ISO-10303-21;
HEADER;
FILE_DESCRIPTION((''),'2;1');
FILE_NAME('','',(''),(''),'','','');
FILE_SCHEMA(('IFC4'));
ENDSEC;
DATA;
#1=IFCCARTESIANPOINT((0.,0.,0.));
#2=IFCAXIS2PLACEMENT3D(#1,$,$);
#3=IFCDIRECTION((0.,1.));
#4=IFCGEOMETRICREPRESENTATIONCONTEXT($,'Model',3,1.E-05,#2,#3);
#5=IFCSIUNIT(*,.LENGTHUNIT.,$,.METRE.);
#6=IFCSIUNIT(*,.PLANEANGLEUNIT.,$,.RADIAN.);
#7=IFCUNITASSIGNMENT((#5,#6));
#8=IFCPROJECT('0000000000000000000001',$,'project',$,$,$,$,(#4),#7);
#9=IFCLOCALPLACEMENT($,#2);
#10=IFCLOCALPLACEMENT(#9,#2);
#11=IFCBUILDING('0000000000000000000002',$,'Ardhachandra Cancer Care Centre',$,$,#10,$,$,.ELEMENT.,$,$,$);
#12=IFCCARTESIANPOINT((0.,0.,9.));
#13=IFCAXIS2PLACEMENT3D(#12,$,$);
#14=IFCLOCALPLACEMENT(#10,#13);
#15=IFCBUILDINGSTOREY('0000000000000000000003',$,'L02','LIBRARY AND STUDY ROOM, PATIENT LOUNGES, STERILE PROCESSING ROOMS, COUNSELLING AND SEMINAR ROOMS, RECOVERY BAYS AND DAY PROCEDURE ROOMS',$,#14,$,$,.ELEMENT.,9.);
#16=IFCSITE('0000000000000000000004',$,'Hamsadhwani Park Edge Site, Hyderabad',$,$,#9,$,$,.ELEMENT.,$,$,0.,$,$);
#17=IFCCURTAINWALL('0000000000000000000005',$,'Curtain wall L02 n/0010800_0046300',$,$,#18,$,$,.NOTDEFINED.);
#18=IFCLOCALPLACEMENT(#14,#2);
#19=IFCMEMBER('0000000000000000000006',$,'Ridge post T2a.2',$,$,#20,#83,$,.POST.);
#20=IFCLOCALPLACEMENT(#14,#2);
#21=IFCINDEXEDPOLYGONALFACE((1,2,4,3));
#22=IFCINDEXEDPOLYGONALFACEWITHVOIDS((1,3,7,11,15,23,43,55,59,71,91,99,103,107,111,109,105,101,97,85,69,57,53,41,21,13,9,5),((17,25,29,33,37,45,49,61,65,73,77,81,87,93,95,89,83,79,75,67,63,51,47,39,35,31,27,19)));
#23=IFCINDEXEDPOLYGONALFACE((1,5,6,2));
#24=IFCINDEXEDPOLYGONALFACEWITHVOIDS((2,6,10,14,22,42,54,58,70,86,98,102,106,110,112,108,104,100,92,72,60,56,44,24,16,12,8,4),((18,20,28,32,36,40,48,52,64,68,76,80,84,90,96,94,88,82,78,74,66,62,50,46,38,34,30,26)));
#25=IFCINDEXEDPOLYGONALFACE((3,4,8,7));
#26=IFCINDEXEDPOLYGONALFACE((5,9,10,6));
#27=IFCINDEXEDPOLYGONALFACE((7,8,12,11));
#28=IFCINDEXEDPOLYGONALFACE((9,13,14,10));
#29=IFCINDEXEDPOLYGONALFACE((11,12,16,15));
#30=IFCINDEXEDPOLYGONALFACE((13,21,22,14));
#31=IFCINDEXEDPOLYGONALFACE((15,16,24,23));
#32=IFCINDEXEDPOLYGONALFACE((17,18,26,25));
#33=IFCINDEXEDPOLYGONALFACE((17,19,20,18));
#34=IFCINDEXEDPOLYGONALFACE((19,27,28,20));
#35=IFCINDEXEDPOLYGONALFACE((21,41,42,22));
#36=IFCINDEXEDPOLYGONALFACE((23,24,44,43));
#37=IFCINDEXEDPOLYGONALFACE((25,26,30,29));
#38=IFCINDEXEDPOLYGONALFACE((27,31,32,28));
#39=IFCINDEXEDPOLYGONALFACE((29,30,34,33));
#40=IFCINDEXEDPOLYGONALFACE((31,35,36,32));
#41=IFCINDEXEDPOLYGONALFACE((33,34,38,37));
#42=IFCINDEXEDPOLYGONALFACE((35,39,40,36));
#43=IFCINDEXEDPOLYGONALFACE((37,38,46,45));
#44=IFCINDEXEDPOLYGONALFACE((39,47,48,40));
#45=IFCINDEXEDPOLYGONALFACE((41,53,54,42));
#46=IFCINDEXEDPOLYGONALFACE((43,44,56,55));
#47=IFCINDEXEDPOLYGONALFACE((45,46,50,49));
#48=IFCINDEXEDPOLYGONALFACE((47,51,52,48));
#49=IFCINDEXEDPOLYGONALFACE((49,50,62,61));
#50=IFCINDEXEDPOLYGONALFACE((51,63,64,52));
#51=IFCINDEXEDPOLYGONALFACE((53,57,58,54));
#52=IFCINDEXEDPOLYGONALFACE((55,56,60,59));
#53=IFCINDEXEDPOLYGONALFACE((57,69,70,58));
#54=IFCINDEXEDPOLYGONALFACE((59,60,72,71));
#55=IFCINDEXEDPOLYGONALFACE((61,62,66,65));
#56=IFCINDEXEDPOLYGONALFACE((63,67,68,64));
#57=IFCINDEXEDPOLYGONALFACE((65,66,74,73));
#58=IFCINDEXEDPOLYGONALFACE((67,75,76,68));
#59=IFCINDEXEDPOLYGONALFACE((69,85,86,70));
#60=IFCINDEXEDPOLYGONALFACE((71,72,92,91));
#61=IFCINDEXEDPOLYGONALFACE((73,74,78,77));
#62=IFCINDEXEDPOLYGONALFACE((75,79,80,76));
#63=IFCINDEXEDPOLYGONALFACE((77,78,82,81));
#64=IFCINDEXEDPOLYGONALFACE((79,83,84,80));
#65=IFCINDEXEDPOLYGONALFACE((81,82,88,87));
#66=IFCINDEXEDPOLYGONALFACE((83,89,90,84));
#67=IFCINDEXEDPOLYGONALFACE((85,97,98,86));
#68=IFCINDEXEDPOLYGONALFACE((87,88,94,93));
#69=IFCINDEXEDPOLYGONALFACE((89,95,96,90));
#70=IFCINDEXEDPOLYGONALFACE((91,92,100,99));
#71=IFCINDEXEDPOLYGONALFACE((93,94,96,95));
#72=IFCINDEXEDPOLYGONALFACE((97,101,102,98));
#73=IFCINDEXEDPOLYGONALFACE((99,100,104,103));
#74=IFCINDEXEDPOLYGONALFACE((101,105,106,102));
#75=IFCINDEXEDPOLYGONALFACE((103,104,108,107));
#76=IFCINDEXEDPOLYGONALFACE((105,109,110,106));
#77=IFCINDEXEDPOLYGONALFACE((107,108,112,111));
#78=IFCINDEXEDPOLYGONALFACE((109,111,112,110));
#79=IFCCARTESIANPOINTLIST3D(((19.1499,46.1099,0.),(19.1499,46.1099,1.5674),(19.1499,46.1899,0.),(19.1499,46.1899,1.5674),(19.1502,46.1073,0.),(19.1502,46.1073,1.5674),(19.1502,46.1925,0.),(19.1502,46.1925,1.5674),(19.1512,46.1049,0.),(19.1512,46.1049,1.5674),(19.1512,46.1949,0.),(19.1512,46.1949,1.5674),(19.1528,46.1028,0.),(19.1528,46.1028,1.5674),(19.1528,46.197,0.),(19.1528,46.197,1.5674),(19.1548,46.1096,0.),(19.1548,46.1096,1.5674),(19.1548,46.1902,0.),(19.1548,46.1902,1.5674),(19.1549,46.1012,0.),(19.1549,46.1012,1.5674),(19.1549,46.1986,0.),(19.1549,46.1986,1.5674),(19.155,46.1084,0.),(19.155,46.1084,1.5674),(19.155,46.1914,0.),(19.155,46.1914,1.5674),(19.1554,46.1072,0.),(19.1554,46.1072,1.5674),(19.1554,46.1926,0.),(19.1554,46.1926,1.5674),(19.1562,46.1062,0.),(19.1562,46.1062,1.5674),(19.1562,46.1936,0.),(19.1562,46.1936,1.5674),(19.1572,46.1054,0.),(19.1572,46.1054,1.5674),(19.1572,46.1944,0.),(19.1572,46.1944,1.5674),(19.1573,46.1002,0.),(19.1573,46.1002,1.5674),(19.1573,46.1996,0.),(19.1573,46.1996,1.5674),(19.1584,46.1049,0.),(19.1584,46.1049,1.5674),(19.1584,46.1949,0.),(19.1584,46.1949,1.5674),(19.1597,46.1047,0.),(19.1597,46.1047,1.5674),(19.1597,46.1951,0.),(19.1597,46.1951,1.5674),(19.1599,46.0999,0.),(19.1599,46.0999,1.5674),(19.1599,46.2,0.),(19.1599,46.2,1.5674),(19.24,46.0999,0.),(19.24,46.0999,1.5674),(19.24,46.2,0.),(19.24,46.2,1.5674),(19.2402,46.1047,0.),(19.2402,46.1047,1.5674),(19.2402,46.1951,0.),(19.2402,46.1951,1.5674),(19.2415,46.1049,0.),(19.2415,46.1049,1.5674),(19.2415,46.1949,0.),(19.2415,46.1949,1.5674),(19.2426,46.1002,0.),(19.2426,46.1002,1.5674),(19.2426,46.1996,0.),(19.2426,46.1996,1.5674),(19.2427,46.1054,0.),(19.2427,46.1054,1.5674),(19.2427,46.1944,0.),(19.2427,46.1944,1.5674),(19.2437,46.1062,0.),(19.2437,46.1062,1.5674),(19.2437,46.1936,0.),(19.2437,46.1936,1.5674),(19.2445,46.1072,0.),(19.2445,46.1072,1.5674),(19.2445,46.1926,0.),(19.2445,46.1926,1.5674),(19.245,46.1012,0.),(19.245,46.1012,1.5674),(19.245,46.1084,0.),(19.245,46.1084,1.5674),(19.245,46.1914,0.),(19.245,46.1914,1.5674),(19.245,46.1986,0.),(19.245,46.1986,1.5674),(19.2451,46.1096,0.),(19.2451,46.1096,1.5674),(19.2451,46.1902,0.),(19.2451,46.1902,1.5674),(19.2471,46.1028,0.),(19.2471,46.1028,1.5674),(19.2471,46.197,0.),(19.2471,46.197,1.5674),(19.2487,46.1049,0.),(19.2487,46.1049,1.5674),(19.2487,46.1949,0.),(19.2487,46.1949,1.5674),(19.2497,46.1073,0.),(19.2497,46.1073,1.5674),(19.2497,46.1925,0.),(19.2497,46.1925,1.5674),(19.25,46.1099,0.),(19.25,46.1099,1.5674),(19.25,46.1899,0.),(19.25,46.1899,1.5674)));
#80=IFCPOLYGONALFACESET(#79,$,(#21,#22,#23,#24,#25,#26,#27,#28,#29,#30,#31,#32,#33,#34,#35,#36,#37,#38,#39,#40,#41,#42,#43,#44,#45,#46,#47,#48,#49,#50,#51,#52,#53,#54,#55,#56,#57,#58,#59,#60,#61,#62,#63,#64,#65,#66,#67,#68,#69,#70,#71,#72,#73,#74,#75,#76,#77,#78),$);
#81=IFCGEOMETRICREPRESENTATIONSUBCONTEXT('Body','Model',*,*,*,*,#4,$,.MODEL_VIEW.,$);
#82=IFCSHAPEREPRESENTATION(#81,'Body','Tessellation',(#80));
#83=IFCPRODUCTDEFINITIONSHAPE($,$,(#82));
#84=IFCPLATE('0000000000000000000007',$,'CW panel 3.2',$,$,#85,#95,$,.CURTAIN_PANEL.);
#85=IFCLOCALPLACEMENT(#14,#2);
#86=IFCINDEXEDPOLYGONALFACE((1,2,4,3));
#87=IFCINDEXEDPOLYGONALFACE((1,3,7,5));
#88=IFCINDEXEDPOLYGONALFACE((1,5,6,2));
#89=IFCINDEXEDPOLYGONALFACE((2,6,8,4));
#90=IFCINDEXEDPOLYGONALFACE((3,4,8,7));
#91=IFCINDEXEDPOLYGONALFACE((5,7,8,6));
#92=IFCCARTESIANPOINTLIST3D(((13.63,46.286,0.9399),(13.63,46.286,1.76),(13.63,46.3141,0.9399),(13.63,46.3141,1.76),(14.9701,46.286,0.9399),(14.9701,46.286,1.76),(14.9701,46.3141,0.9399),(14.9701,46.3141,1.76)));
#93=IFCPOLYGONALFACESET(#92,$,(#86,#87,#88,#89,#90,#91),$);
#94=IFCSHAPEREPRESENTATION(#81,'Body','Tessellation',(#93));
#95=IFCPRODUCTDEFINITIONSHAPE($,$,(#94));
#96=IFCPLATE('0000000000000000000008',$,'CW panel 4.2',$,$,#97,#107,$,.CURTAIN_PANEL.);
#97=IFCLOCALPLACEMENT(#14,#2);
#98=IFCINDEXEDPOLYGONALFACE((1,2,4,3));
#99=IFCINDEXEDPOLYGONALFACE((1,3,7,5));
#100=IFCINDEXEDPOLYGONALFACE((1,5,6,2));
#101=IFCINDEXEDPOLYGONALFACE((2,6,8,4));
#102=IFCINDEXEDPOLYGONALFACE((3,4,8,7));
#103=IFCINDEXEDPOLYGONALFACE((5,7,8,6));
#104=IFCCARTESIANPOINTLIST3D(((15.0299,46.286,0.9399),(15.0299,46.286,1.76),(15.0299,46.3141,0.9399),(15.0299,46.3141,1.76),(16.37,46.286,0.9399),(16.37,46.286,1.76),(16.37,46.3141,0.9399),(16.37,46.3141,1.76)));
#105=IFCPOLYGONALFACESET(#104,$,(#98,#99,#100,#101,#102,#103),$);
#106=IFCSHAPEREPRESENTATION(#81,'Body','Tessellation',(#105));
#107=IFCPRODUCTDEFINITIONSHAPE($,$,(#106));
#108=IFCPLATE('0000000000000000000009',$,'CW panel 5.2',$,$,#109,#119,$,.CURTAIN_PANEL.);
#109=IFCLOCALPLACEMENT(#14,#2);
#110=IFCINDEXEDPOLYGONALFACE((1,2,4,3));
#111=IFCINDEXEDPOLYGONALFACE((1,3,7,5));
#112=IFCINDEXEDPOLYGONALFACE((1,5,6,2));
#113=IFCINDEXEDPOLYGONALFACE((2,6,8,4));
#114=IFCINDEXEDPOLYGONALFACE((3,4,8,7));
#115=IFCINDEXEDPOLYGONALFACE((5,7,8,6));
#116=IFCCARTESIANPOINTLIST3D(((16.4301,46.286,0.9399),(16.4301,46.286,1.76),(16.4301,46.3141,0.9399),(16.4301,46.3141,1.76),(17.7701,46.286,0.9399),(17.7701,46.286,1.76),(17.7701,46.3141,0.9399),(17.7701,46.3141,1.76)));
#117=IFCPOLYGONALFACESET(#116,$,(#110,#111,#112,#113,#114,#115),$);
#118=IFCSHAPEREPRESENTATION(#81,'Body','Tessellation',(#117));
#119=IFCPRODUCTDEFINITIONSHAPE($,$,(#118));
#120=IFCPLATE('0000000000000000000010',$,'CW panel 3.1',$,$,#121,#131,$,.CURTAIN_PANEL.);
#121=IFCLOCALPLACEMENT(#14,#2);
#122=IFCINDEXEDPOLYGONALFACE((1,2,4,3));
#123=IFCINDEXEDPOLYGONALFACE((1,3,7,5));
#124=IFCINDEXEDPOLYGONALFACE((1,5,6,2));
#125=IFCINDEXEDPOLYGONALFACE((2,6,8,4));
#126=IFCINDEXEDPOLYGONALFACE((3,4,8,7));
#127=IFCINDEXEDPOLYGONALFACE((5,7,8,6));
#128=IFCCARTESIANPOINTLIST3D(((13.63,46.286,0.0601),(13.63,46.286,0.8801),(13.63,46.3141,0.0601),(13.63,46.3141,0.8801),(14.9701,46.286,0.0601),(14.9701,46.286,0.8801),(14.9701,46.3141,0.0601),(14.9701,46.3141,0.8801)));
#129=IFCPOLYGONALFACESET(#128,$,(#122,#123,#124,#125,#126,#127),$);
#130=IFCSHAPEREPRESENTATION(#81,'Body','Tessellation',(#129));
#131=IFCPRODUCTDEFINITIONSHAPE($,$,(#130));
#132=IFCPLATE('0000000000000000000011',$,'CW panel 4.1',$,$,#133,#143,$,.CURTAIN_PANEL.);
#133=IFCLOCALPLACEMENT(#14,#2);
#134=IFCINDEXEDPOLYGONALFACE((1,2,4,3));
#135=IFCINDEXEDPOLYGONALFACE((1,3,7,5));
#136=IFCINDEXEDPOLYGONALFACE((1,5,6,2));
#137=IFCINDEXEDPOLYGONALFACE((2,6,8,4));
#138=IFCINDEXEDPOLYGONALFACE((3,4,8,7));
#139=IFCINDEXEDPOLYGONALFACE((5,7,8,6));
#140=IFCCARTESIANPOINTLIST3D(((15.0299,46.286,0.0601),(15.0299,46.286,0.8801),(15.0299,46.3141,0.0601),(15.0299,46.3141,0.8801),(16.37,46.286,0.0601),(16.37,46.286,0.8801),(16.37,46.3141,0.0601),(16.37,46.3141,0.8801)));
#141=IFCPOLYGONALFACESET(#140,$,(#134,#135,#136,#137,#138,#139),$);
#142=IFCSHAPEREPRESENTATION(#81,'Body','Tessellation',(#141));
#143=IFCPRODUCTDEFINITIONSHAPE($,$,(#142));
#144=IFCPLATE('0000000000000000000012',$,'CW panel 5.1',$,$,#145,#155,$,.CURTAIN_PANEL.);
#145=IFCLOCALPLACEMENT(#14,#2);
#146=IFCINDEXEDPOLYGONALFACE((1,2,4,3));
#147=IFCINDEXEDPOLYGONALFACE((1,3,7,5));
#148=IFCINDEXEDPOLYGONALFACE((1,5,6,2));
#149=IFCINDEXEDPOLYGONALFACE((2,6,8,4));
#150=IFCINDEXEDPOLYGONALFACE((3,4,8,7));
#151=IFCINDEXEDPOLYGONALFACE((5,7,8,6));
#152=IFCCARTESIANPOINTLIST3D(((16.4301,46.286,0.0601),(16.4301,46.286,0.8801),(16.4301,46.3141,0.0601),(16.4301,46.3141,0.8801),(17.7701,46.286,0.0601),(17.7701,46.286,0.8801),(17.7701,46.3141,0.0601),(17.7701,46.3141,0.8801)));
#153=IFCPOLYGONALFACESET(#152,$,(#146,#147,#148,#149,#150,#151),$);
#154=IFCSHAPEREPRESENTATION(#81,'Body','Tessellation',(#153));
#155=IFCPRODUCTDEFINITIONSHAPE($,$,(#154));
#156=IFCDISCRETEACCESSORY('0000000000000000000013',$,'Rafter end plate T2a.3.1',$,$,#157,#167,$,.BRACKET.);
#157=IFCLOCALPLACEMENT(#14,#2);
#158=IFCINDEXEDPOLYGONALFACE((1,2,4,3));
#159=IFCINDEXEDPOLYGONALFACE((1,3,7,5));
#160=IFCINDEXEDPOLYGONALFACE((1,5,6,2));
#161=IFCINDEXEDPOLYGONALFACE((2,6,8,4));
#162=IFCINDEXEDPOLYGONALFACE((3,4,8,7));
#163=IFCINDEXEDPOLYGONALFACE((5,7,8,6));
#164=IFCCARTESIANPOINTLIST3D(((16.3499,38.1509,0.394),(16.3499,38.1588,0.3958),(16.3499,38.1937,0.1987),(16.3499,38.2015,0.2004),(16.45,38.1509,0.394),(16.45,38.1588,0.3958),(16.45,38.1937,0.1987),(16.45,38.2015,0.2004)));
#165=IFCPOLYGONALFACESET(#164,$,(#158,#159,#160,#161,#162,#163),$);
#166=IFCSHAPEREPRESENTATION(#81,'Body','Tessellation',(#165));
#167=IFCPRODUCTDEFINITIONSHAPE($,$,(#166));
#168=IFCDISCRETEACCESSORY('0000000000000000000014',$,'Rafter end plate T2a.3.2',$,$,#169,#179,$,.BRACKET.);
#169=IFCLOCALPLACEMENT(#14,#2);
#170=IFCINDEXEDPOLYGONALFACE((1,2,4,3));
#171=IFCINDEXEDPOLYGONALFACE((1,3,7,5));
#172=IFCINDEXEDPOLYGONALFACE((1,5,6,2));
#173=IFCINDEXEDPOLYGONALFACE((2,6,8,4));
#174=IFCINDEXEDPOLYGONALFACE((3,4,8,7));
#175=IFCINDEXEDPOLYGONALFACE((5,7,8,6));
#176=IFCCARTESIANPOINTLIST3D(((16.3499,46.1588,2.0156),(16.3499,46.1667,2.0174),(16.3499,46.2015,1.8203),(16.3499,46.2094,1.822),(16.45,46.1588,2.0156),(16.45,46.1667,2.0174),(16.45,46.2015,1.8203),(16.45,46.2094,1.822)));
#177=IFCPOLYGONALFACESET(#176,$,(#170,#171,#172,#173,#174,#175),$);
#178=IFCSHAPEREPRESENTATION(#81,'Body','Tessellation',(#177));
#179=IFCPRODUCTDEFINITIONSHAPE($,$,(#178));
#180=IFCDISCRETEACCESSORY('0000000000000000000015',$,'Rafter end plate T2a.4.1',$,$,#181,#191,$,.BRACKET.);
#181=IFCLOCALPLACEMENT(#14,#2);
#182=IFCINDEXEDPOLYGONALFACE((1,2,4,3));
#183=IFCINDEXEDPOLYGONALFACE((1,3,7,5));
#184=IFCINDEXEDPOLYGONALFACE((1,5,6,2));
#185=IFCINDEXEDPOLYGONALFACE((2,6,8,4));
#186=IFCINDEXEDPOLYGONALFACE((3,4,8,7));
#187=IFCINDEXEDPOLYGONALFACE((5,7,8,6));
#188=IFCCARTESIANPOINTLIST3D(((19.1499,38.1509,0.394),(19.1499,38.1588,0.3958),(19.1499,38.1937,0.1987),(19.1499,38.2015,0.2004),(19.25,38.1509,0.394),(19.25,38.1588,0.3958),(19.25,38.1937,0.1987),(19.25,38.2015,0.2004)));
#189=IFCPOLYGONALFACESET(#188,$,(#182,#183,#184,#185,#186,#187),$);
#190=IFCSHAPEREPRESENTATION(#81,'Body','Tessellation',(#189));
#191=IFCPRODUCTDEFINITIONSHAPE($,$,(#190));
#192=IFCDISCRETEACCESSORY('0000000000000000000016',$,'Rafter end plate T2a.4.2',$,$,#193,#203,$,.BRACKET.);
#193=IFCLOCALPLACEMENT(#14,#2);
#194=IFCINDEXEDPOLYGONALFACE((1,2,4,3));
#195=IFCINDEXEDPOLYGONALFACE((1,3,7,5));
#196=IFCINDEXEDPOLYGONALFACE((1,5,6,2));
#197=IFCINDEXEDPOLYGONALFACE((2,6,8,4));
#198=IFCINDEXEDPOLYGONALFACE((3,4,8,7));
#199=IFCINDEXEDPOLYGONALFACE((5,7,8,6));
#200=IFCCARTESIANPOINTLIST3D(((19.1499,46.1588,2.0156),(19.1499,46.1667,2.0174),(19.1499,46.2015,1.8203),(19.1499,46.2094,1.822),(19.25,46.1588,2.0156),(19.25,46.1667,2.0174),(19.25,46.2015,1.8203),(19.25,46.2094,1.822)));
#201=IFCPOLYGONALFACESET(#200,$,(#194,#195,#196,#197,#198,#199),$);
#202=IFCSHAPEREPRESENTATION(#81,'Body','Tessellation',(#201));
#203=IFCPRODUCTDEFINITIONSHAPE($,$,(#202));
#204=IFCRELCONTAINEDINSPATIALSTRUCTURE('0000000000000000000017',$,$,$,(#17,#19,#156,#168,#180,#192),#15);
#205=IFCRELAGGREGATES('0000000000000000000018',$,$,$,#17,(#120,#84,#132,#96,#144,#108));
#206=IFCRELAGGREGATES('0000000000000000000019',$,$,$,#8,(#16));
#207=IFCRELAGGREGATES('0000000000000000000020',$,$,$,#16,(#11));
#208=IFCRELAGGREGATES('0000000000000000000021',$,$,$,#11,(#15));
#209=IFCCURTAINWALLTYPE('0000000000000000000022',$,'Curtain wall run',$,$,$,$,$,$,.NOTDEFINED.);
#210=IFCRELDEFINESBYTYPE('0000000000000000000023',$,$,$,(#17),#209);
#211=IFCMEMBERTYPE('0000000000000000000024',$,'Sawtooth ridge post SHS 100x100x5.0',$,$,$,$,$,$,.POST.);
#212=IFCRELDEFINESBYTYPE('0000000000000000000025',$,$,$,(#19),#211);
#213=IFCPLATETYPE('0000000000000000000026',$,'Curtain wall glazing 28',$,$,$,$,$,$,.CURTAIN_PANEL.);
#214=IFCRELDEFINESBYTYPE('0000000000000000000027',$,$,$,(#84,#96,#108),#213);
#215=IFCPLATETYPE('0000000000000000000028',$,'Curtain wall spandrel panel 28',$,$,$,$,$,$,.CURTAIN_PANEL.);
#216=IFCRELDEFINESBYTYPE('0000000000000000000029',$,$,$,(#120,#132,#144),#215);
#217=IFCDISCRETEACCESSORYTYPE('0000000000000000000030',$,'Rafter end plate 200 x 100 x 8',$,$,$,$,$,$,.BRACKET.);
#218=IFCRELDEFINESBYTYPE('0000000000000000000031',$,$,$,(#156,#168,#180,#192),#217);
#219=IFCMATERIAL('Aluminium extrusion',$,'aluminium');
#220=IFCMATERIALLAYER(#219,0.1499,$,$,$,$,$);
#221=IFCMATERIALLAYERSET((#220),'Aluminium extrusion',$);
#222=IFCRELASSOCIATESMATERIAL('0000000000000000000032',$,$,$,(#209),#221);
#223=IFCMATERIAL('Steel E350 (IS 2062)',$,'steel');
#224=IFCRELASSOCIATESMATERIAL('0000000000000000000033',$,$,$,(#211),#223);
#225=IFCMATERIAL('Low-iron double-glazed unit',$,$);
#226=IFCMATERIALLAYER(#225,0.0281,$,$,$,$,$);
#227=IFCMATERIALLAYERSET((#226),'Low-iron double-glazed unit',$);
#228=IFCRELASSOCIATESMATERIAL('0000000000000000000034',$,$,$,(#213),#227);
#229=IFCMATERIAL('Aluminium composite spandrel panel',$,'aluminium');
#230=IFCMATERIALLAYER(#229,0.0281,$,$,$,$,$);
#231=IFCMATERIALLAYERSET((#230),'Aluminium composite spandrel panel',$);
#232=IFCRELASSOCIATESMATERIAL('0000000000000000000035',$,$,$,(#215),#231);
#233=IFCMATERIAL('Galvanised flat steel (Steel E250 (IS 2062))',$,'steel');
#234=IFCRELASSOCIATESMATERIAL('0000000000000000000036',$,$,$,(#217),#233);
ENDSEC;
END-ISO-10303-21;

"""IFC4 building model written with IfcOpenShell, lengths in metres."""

from ifc_helpers import new_model, si_unit, direction, frame, origin, origin_2d, place, context, subcontext, project, spatial, rectangle, hollow_rectangle, extrude, material, layer, layer_set, material_profile, profile_set, type_object, element, aggregate, save


model = new_model("IFC4")

# Units and contexts
model_context = context("Model", 3, precision=1e-05, world=origin(), true_north=direction((0.0, 1.0)))
body_context = subcontext(model_context, "Body", "Model", "MODEL_VIEW")
ifc_project = project(units=[si_unit("LENGTHUNIT", "METRE"), si_unit("PLANEANGLEUNIT", "RADIAN")], contexts=[model_context])

# Site, building, storey
site_placement = place(None, origin())
site = spatial("IfcSite", under=ifc_project, at=site_placement, Name="Hamsadhwani Park Edge Site, Hyderabad", CompositionType="ELEMENT", RefElevation=0.0)
building_placement = place(site_placement, origin())
building = spatial("IfcBuilding", under=site, at=building_placement, Name="Ardhachandra Cancer Care Centre", CompositionType="ELEMENT")
storey_placement = place(building_placement, frame((0.0, 0.0, 9.0)))
storey = spatial("IfcBuildingStorey", under=building, at=storey_placement, Name="L02", Description="LIBRARY AND STUDY ROOM, PATIENT LOUNGES, STERILE PROCESSING ROOMS, COUNSELLING AND SEMINAR ROOMS, RECOVERY BAYS AND DAY PROCEDURE ROOMS", CompositionType="ELEMENT", Elevation=9.0)

# Curtain wall
ifc_material_1 = material(Name="Aluminium extrusion", Category="aluminium")
ifc_layer_1 = layer(ifc_material_1, 0.1499)
ifc_layer_set_1 = layer_set([ifc_layer_1], Name="Aluminium extrusion")
curtain_wall_type = type_object("IfcCurtainWallType", Name="Curtain wall run", PredefinedType="NOTDEFINED", material=ifc_layer_set_1)
curtain_wall_placement = place(storey_placement, origin())
curtain_wall = element("IfcCurtainWall", 1, at=curtain_wall_placement, inside=storey, type_object=curtain_wall_type, Name="Curtain wall L02 n/0010800_0046300", PredefinedType="NOTDEFINED")

# Member
ifc_material_2 = material(Name="Steel E350 (IS 2062)", Category="steel")
ifc_material_profile_1 = material_profile(ifc_material_2, hollow_rectangle(XDim=0.1001, YDim=0.1001, WallThickness=0.0049, InnerFilletRadius=0.0049, OuterFilletRadius=0.01, at=origin_2d()), Name="SHS 100x100x5.0")
ifc_profile_set_1 = profile_set([ifc_material_profile_1], Name="Steel E350 (IS 2062)")
member_type_1 = type_object("IfcMemberType", Name="Sawtooth ridge post SHS 100x100x5.0", PredefinedType="POST", material=ifc_profile_set_1)
member_1_placement = place(storey_placement, frame((19.2, 46.1499, 0.0), z_axis=(0.0, 0.0, 1.0), x_axis=(1.0, 0.0, 0.0)))
element("IfcMember", 2, at=member_1_placement, inside=storey, type_object=member_type_1, Name="Ridge post T2a.2", PredefinedType="POST", context=body_context, shape_type="SweptSolid", body=[
    extrude(hollow_rectangle(XDim=0.1001, YDim=0.1001, WallThickness=0.0049, InnerFilletRadius=0.0049, OuterFilletRadius=0.01, at=origin_2d()), origin(), (0.0, 0.0, 1.0), 1.5674),
])

# Plates
ifc_material_3 = material(Name="Low-iron double-glazed unit")
ifc_layer_2 = layer(ifc_material_3, 0.0281)
ifc_layer_set_2 = layer_set([ifc_layer_2], Name="Low-iron double-glazed unit")
plate_type_1 = type_object("IfcPlateType", Name="Curtain wall glazing 28", PredefinedType="CURTAIN_PANEL", material=ifc_layer_set_2)
plate_1_placement = place(storey_placement, frame((14.3, 46.3, 0.9399), z_axis=(0.0, 0.0, 1.0), x_axis=(1.0, 0.0, 0.0)))
plate_1 = element("IfcPlate", 3, at=plate_1_placement, type_object=plate_type_1, Name="CW panel 3.2", PredefinedType="CURTAIN_PANEL", context=body_context, shape_type="SweptSolid", body=[
    extrude(rectangle(XDim=1.3401, YDim=0.0281, at=origin_2d()), origin(), (0.0, 0.0, 1.0), 0.8201),
])
plate_2_placement = place(storey_placement, frame((15.7, 46.3, 0.9399), z_axis=(0.0, 0.0, 1.0), x_axis=(1.0, 0.0, 0.0)))
plate_2 = element("IfcPlate", 4, at=plate_2_placement, type_object=plate_type_1, Name="CW panel 4.2", PredefinedType="CURTAIN_PANEL", context=body_context, shape_type="SweptSolid", body=[
    extrude(rectangle(XDim=1.3401, YDim=0.0281, at=origin_2d()), origin(), (0.0, 0.0, 1.0), 0.8201),
])
plate_3_placement = place(storey_placement, frame((17.1001, 46.3, 0.9399), z_axis=(0.0, 0.0, 1.0), x_axis=(1.0, 0.0, 0.0)))
plate_3 = element("IfcPlate", 5, at=plate_3_placement, type_object=plate_type_1, Name="CW panel 5.2", PredefinedType="CURTAIN_PANEL", context=body_context, shape_type="SweptSolid", body=[
    extrude(rectangle(XDim=1.3401, YDim=0.0281, at=origin_2d()), origin(), (0.0, 0.0, 1.0), 0.8201),
])
ifc_material_4 = material(Name="Aluminium composite spandrel panel", Category="aluminium")
ifc_layer_3 = layer(ifc_material_4, 0.0281)
ifc_layer_set_3 = layer_set([ifc_layer_3], Name="Aluminium composite spandrel panel")
plate_type_2 = type_object("IfcPlateType", Name="Curtain wall spandrel panel 28", PredefinedType="CURTAIN_PANEL", material=ifc_layer_set_3)
plate_4_placement = place(storey_placement, frame((14.3, 46.3, 0.0601), z_axis=(0.0, 0.0, 1.0), x_axis=(1.0, 0.0, 0.0)))
plate_4 = element("IfcPlate", 6, at=plate_4_placement, type_object=plate_type_2, Name="CW panel 3.1", PredefinedType="CURTAIN_PANEL", context=body_context, shape_type="SweptSolid", body=[
    extrude(rectangle(XDim=1.3401, YDim=0.0281, at=origin_2d()), origin(), (0.0, 0.0, 1.0), 0.8201),
])
plate_5_placement = place(storey_placement, frame((15.7, 46.3, 0.0601), z_axis=(0.0, 0.0, 1.0), x_axis=(1.0, 0.0, 0.0)))
plate_5 = element("IfcPlate", 7, at=plate_5_placement, type_object=plate_type_2, Name="CW panel 4.1", PredefinedType="CURTAIN_PANEL", context=body_context, shape_type="SweptSolid", body=[
    extrude(rectangle(XDim=1.3401, YDim=0.0281, at=origin_2d()), origin(), (0.0, 0.0, 1.0), 0.8201),
])
plate_6_placement = place(storey_placement, frame((17.1001, 46.3, 0.0601), z_axis=(0.0, 0.0, 1.0), x_axis=(1.0, 0.0, 0.0)))
plate_6 = element("IfcPlate", 8, at=plate_6_placement, type_object=plate_type_2, Name="CW panel 5.1", PredefinedType="CURTAIN_PANEL", context=body_context, shape_type="SweptSolid", body=[
    extrude(rectangle(XDim=1.3401, YDim=0.0281, at=origin_2d()), origin(), (0.0, 0.0, 1.0), 0.8201),
])
aggregate(curtain_wall, [plate_4, plate_1, plate_5, plate_2, plate_6, plate_3])

# Discrete accessories
ifc_material_5 = material(Name="Galvanised flat steel (Steel E250 (IS 2062))", Category="steel")
ifc_material_profile_2 = material_profile(ifc_material_5, rectangle(XDim=0.1001, YDim=0.2, at=origin_2d()), Name="Rafter end plate 200 x 100 x 8")
ifc_profile_set_2 = profile_set([ifc_material_profile_2], Name="Galvanised flat steel (Steel E250 (IS 2062))")
discrete_accessory_type = type_object("IfcDiscreteAccessoryType", Name="Rafter end plate 200 x 100 x 8", PredefinedType="BRACKET", material=ifc_profile_set_2)
for number, where, z_axis, x_axis, name in (
    (9, (16.3999, 38.1802, 0.2981), (0.0, -0.9769, -0.213697), (1.0, 0.0, 0.0), "Rafter end plate T2a.3.1"),
    (10, (16.3999, 46.1802, 1.918), (0.0, 0.9769, 0.213697), (-1.0, 0.0, 0.0), "Rafter end plate T2a.3.2"),
    (11, (19.2, 38.1802, 0.2981), (0.0, -0.9769, -0.213697), (1.0, 0.0, 0.0), "Rafter end plate T2a.4.1"),
    (12, (19.2, 46.1802, 1.918), (0.0, 0.9769, 0.213697), (-1.0, 0.0, 0.0), "Rafter end plate T2a.4.2"),
):
    element("IfcDiscreteAccessory", number, at=place(storey_placement, frame(where, z_axis=z_axis, x_axis=x_axis)), inside=storey, type_object=discrete_accessory_type, Name=name, PredefinedType="BRACKET", context=body_context, shape_type="SweptSolid", body=[
        extrude(rectangle(XDim=0.1001, YDim=0.2, at=origin_2d()), origin(), (0.0, 0.0, 1.0), 0.0081),
    ])

save(model, "model.ifc")
